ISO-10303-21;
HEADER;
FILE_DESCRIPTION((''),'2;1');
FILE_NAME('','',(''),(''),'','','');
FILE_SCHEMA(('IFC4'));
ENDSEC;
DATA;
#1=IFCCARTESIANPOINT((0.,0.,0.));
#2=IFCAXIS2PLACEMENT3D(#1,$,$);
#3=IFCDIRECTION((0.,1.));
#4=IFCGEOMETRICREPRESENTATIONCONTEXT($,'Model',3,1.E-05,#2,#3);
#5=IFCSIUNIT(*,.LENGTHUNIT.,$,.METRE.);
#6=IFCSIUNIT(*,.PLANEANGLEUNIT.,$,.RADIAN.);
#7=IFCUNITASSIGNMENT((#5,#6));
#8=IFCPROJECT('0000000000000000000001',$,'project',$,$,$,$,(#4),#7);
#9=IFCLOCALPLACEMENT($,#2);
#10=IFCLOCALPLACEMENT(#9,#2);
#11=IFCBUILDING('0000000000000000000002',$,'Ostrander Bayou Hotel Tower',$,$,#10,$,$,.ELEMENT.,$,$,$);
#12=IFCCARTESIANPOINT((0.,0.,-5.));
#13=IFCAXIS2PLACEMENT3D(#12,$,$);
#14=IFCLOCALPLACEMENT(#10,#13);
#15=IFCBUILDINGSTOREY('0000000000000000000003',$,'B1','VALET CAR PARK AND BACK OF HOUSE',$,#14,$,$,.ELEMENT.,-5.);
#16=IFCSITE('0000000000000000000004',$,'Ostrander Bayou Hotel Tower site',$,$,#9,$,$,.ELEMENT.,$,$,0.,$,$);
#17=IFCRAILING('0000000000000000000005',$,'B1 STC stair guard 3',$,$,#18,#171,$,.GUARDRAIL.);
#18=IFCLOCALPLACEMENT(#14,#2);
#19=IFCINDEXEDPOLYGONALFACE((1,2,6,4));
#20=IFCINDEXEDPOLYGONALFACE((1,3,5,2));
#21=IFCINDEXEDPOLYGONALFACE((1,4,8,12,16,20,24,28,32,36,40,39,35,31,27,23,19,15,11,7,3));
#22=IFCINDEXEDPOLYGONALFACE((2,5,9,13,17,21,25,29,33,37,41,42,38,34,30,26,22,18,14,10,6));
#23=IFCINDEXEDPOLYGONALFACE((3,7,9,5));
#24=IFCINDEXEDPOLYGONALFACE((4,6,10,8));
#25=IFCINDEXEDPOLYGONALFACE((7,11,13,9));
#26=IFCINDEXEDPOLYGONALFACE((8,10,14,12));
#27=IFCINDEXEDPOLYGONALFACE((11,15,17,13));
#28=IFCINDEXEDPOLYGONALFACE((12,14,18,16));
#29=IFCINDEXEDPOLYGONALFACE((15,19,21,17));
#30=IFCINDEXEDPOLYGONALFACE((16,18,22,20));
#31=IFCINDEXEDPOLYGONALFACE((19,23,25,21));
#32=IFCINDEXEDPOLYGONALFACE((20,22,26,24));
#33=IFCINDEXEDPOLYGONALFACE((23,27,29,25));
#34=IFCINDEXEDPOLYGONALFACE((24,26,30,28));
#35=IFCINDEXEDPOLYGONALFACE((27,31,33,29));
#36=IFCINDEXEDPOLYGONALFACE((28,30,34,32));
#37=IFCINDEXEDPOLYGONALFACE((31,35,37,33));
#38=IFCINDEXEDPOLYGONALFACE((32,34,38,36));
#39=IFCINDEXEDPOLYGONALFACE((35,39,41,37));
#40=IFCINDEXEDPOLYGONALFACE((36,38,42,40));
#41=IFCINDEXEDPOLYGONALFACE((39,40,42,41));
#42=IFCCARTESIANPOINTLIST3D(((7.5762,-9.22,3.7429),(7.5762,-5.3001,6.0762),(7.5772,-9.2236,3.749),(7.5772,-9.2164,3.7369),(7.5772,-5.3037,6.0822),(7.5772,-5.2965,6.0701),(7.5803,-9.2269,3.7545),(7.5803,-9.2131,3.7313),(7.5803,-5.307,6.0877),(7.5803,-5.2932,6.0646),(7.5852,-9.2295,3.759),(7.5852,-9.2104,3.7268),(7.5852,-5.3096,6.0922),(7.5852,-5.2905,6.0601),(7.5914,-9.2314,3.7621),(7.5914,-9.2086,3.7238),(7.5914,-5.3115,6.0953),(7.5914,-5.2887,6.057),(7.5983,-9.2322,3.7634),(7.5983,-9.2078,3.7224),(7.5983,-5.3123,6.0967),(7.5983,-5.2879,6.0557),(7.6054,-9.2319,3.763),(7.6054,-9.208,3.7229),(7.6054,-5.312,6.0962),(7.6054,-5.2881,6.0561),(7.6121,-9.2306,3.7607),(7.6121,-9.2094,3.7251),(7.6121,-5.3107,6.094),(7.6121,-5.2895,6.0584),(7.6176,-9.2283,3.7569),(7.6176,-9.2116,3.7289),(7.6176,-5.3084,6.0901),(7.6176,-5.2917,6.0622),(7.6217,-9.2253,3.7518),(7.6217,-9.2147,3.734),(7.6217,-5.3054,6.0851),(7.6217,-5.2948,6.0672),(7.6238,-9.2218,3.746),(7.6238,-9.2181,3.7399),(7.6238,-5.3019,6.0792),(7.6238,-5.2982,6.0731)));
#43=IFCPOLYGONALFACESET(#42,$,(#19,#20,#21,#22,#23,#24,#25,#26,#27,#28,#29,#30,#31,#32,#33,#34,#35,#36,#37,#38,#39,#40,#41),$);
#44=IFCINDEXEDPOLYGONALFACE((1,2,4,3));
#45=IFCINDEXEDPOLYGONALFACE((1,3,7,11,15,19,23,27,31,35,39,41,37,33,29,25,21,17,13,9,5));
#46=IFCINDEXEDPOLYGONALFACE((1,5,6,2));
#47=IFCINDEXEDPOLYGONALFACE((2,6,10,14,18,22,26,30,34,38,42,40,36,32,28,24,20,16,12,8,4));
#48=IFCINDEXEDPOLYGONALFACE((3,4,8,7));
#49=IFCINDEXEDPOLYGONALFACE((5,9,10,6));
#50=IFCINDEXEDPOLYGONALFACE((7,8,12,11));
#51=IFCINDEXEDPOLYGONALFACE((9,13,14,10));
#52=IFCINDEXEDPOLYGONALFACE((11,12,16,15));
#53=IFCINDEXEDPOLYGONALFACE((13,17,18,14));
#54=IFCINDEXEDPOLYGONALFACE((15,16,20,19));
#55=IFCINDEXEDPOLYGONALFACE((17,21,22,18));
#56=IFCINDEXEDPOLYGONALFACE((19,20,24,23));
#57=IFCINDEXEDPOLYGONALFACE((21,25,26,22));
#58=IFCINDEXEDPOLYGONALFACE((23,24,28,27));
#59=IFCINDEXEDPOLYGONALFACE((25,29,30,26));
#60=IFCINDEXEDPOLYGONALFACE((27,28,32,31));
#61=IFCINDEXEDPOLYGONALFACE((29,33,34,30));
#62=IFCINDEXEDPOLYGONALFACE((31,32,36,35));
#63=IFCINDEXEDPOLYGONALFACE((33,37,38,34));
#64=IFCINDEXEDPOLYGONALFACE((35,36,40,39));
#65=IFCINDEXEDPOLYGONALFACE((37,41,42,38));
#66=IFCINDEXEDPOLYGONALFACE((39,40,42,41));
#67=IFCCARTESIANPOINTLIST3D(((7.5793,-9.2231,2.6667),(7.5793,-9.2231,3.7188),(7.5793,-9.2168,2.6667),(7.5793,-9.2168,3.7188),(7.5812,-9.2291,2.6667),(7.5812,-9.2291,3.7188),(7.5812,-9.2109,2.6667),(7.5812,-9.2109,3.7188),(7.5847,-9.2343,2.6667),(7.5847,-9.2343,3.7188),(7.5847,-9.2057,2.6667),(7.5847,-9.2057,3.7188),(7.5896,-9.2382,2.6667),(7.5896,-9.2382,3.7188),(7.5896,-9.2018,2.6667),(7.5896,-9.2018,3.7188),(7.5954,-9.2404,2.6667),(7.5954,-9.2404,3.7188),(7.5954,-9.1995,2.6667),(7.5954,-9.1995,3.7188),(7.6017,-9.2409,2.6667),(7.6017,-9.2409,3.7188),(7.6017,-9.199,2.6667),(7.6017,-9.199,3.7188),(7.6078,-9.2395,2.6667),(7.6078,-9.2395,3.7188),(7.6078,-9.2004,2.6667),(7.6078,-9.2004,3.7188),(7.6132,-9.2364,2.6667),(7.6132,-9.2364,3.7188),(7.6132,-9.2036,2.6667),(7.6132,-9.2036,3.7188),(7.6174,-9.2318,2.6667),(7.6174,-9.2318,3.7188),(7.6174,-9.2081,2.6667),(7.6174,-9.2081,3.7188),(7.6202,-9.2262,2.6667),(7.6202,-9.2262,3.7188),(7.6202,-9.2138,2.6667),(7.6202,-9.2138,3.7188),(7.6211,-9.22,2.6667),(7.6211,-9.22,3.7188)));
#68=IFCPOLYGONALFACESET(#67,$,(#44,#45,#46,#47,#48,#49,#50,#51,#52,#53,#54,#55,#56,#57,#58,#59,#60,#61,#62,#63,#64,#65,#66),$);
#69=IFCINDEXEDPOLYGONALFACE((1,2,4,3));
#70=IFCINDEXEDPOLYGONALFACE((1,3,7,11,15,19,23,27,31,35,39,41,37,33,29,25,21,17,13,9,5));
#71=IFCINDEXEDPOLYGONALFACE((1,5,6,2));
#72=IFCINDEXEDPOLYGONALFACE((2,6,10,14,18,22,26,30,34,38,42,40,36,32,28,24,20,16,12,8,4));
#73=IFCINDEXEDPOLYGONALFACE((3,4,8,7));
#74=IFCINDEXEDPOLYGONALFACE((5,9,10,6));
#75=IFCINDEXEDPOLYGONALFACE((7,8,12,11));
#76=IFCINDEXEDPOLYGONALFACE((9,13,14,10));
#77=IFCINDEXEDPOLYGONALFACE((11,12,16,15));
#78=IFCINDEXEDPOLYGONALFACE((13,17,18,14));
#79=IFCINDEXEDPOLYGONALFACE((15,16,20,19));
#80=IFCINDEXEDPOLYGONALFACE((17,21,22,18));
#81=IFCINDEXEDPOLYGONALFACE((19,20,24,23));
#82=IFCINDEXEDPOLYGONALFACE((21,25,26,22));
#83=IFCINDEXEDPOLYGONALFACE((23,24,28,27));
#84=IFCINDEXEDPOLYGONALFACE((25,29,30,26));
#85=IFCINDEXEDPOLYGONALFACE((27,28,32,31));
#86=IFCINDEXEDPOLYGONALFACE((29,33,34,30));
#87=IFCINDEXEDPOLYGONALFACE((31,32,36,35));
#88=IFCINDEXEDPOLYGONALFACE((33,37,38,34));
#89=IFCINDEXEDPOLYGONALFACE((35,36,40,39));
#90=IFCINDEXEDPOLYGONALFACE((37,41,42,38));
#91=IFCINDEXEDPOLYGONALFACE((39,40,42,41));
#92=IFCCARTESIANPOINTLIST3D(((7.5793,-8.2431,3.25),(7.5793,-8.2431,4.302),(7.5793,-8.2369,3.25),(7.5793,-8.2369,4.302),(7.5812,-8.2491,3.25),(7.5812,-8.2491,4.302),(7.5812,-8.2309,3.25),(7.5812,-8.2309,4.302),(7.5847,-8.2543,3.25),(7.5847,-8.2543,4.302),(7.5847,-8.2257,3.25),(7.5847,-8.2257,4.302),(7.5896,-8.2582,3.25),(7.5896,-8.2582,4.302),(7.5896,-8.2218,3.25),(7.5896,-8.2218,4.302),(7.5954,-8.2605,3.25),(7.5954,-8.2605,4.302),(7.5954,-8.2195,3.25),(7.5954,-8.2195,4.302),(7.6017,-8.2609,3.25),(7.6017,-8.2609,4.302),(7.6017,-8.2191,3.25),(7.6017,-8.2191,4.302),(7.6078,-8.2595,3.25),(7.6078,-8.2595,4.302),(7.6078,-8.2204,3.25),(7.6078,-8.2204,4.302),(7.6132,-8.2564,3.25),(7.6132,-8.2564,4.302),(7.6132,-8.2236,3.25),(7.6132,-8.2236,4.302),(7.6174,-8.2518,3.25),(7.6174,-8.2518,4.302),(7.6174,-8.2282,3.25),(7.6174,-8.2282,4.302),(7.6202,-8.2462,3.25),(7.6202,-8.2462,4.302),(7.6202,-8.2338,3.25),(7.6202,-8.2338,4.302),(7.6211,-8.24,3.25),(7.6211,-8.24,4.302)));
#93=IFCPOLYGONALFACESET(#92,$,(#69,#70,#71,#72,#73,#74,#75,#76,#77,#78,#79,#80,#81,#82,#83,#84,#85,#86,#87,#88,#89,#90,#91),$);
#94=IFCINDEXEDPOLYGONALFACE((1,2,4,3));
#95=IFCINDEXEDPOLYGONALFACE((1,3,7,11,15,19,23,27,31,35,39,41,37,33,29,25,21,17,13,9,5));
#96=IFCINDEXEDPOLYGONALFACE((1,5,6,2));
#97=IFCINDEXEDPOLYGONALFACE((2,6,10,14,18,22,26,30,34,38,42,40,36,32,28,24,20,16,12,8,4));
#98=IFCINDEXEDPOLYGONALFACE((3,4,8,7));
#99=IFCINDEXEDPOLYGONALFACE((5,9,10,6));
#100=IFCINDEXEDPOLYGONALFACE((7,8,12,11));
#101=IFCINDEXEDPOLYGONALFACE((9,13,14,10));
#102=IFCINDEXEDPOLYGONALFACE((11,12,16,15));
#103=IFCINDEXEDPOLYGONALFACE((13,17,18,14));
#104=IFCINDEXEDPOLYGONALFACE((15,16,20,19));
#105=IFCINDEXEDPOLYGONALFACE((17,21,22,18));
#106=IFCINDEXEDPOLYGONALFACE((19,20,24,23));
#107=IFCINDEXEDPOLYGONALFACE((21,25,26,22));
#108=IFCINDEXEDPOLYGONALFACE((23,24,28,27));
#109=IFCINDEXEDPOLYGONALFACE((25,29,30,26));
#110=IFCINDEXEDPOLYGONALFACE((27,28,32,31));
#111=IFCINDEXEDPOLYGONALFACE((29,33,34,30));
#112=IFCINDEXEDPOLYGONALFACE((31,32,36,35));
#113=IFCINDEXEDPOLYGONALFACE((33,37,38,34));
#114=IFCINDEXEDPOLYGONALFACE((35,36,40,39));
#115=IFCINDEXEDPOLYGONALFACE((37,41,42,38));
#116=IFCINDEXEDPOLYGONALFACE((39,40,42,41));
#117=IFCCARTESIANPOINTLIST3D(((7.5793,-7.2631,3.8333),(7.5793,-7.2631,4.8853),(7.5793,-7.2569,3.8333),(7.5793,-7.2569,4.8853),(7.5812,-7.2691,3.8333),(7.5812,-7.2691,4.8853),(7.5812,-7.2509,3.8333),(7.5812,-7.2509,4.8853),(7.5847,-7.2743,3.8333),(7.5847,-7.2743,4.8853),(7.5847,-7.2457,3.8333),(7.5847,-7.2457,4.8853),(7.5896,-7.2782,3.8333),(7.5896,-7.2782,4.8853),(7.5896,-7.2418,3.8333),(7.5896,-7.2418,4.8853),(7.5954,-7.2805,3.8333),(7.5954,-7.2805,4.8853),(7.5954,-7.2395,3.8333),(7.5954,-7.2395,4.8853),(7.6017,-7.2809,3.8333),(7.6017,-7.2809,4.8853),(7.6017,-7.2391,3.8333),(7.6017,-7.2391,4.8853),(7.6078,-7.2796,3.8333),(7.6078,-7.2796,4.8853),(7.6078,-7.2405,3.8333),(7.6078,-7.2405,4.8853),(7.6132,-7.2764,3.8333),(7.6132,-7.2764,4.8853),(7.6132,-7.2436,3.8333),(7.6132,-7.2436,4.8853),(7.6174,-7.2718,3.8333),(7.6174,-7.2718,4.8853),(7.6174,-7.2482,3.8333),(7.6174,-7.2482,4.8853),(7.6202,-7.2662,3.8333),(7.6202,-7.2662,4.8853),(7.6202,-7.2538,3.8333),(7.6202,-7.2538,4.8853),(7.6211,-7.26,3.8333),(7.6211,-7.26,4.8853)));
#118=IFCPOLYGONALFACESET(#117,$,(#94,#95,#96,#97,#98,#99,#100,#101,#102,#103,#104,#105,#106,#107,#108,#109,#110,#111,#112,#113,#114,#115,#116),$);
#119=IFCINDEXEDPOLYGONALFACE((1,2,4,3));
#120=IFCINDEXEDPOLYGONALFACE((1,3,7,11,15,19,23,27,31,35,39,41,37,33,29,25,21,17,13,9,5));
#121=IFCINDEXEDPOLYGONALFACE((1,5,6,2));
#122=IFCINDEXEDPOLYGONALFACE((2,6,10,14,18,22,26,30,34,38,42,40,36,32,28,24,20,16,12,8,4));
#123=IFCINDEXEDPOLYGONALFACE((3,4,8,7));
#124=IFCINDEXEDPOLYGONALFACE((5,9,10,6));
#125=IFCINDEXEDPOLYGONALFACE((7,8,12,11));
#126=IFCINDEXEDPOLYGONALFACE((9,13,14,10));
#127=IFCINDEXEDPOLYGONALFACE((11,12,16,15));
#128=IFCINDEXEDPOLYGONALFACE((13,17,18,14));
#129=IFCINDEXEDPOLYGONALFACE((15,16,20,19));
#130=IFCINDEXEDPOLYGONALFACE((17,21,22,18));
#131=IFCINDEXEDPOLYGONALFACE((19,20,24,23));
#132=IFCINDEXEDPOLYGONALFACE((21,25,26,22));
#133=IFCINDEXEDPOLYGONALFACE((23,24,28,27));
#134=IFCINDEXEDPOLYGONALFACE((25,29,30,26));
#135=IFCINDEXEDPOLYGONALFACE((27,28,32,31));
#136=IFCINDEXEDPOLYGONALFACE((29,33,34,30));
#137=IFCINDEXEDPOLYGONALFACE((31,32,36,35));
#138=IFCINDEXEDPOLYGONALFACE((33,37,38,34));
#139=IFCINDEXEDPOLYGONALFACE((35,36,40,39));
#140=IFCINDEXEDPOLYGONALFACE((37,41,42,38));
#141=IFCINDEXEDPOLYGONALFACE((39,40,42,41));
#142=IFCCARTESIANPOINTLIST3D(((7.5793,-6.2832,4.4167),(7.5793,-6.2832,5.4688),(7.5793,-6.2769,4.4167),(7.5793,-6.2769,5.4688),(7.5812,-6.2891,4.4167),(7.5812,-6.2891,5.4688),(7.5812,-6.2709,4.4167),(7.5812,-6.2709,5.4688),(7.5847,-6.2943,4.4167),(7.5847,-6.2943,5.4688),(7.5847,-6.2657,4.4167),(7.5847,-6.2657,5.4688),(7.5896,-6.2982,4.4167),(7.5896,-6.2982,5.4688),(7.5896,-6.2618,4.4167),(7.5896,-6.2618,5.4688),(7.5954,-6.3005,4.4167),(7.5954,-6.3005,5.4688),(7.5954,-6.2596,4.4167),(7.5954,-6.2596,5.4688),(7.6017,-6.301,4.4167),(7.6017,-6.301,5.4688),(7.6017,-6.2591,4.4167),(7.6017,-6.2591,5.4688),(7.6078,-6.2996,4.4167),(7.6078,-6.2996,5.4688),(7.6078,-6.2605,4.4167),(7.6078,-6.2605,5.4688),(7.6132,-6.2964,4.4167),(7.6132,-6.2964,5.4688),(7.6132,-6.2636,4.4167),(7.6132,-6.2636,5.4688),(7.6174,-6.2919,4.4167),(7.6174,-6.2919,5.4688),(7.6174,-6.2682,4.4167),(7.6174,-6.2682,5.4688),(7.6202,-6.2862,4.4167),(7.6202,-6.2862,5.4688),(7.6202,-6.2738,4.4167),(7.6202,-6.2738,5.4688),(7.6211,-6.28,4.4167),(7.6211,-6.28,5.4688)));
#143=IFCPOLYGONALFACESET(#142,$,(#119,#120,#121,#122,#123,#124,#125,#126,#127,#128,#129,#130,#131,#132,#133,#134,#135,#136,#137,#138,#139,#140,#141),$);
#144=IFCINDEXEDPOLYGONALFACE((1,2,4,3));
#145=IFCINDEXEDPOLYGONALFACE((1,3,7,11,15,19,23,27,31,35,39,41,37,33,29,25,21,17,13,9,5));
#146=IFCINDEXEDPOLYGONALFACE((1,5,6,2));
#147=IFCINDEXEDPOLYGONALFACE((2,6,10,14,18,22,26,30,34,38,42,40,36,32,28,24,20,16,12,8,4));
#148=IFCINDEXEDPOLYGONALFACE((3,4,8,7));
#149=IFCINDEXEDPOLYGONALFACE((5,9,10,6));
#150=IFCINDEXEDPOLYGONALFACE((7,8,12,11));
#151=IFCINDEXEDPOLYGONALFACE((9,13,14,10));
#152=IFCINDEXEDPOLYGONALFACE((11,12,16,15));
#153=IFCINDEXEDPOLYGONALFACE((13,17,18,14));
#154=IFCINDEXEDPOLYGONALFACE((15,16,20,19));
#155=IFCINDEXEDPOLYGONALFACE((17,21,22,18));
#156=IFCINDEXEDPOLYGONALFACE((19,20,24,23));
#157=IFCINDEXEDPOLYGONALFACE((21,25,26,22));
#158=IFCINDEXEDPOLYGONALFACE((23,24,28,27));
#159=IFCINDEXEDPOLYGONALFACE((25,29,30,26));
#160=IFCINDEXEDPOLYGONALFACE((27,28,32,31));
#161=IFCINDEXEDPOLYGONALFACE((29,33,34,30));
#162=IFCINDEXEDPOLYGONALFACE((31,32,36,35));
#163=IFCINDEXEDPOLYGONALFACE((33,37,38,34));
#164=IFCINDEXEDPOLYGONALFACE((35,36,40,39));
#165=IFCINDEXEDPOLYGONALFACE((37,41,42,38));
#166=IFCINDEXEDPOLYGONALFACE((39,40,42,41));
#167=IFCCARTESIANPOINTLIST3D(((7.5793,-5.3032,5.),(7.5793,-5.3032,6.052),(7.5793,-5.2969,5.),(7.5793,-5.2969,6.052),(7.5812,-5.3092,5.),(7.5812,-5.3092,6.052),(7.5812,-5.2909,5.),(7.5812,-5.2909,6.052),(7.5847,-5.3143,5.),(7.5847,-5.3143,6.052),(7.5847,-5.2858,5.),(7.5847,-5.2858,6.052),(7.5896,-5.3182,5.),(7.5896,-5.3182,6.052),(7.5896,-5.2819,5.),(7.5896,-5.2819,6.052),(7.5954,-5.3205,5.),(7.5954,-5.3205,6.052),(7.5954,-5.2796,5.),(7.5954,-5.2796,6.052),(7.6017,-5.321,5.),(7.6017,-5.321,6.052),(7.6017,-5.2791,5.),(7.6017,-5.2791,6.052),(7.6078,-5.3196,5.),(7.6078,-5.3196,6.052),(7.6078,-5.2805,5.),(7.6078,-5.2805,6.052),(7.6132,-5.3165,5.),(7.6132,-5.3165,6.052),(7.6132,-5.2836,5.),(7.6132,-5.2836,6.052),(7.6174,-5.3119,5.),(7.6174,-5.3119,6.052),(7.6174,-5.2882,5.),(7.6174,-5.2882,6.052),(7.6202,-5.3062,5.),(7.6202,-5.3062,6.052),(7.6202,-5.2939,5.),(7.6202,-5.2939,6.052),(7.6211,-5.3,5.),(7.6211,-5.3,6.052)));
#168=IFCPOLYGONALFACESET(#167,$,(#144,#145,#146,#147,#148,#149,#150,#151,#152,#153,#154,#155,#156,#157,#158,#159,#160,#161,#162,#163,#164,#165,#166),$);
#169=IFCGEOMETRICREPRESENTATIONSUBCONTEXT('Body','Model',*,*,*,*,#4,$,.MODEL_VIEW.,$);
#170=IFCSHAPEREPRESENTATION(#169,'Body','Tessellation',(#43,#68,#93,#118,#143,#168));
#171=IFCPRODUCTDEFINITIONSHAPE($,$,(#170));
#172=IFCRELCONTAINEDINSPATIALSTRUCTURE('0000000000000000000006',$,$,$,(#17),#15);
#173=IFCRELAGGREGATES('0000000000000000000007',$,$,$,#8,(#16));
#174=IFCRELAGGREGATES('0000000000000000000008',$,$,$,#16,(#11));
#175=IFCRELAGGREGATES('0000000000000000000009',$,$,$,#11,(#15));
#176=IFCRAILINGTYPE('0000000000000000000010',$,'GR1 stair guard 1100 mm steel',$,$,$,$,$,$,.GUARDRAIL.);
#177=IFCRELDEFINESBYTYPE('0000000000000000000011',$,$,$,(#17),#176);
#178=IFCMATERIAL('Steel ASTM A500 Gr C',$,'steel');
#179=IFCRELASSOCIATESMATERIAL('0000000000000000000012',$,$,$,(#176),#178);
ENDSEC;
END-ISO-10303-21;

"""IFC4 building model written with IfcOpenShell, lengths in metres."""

from ifc_helpers import new_model, si_unit, direction, frame, origin, origin_2d, place, context, subcontext, project, spatial, circle, extrude, material, type_object, element, save


model = new_model("IFC4")

# Units and contexts
model_context = context("Model", 3, precision=1e-05, world=origin(), true_north=direction((0.0, 1.0)))
body_context = subcontext(model_context, "Body", "Model", "MODEL_VIEW")
ifc_project = project(units=[si_unit("LENGTHUNIT", "METRE"), si_unit("PLANEANGLEUNIT", "RADIAN")], contexts=[model_context])

# Site, building, storey
site_placement = place(None, origin())
site = spatial("IfcSite", under=ifc_project, at=site_placement, Name="Ostrander Bayou Hotel Tower site", CompositionType="ELEMENT", RefElevation=0.0)
building_placement = place(site_placement, origin())
building = spatial("IfcBuilding", under=site, at=building_placement, Name="Ostrander Bayou Hotel Tower", CompositionType="ELEMENT")
storey_placement = place(building_placement, frame((0.0, 0.0, -5.0)))
storey = spatial("IfcBuildingStorey", under=building, at=storey_placement, Name="B1", Description="VALET CAR PARK AND BACK OF HOUSE", CompositionType="ELEMENT", Elevation=-5.0)

# Railing
ifc_material_1 = material(Name="Steel ASTM A500 Gr C", Category="steel")
railing_type_1 = type_object("IfcRailingType", Name="GR1 stair guard 1100 mm steel", PredefinedType="GUARDRAIL", material=ifc_material_1)
railing_1_placement = place(storey_placement, frame((7.6001, -9.22, 2.6667)))
element("IfcRailing", 1, at=railing_1_placement, inside=storey, type_object=railing_type_1, Name="B1 STC stair guard 3", PredefinedType="GUARDRAIL", context=body_context, shape_type="SweptSolid", body=[
    extrude(circle(Radius=0.0239, at=origin_2d()), frame((0.0, 0.0, 1.0762), z_axis=(0.0, 0.859296, 0.511478), x_axis=(-1.0, 0.0, 0.0)), (0.0, 0.0, 1.0), 4.5618),
    extrude(circle(Radius=0.021, at=origin_2d()), origin(), (0.0, 0.0, 1.0), 1.052),
    extrude(circle(Radius=0.021, at=origin_2d()), frame((0.0, 0.98, 0.5833)), (0.0, 0.0, 1.0), 1.052),
    extrude(circle(Radius=0.021, at=origin_2d()), frame((0.0, 1.96, 1.1665)), (0.0, 0.0, 1.0), 1.052),
    extrude(circle(Radius=0.021, at=origin_2d()), frame((0.0, 2.9399, 1.75)), (0.0, 0.0, 1.0), 1.052),
    extrude(circle(Radius=0.021, at=origin_2d()), frame((0.0, 3.9199, 2.3333)), (0.0, 0.0, 1.0), 1.052),
])

save(model, "model.ifc")
